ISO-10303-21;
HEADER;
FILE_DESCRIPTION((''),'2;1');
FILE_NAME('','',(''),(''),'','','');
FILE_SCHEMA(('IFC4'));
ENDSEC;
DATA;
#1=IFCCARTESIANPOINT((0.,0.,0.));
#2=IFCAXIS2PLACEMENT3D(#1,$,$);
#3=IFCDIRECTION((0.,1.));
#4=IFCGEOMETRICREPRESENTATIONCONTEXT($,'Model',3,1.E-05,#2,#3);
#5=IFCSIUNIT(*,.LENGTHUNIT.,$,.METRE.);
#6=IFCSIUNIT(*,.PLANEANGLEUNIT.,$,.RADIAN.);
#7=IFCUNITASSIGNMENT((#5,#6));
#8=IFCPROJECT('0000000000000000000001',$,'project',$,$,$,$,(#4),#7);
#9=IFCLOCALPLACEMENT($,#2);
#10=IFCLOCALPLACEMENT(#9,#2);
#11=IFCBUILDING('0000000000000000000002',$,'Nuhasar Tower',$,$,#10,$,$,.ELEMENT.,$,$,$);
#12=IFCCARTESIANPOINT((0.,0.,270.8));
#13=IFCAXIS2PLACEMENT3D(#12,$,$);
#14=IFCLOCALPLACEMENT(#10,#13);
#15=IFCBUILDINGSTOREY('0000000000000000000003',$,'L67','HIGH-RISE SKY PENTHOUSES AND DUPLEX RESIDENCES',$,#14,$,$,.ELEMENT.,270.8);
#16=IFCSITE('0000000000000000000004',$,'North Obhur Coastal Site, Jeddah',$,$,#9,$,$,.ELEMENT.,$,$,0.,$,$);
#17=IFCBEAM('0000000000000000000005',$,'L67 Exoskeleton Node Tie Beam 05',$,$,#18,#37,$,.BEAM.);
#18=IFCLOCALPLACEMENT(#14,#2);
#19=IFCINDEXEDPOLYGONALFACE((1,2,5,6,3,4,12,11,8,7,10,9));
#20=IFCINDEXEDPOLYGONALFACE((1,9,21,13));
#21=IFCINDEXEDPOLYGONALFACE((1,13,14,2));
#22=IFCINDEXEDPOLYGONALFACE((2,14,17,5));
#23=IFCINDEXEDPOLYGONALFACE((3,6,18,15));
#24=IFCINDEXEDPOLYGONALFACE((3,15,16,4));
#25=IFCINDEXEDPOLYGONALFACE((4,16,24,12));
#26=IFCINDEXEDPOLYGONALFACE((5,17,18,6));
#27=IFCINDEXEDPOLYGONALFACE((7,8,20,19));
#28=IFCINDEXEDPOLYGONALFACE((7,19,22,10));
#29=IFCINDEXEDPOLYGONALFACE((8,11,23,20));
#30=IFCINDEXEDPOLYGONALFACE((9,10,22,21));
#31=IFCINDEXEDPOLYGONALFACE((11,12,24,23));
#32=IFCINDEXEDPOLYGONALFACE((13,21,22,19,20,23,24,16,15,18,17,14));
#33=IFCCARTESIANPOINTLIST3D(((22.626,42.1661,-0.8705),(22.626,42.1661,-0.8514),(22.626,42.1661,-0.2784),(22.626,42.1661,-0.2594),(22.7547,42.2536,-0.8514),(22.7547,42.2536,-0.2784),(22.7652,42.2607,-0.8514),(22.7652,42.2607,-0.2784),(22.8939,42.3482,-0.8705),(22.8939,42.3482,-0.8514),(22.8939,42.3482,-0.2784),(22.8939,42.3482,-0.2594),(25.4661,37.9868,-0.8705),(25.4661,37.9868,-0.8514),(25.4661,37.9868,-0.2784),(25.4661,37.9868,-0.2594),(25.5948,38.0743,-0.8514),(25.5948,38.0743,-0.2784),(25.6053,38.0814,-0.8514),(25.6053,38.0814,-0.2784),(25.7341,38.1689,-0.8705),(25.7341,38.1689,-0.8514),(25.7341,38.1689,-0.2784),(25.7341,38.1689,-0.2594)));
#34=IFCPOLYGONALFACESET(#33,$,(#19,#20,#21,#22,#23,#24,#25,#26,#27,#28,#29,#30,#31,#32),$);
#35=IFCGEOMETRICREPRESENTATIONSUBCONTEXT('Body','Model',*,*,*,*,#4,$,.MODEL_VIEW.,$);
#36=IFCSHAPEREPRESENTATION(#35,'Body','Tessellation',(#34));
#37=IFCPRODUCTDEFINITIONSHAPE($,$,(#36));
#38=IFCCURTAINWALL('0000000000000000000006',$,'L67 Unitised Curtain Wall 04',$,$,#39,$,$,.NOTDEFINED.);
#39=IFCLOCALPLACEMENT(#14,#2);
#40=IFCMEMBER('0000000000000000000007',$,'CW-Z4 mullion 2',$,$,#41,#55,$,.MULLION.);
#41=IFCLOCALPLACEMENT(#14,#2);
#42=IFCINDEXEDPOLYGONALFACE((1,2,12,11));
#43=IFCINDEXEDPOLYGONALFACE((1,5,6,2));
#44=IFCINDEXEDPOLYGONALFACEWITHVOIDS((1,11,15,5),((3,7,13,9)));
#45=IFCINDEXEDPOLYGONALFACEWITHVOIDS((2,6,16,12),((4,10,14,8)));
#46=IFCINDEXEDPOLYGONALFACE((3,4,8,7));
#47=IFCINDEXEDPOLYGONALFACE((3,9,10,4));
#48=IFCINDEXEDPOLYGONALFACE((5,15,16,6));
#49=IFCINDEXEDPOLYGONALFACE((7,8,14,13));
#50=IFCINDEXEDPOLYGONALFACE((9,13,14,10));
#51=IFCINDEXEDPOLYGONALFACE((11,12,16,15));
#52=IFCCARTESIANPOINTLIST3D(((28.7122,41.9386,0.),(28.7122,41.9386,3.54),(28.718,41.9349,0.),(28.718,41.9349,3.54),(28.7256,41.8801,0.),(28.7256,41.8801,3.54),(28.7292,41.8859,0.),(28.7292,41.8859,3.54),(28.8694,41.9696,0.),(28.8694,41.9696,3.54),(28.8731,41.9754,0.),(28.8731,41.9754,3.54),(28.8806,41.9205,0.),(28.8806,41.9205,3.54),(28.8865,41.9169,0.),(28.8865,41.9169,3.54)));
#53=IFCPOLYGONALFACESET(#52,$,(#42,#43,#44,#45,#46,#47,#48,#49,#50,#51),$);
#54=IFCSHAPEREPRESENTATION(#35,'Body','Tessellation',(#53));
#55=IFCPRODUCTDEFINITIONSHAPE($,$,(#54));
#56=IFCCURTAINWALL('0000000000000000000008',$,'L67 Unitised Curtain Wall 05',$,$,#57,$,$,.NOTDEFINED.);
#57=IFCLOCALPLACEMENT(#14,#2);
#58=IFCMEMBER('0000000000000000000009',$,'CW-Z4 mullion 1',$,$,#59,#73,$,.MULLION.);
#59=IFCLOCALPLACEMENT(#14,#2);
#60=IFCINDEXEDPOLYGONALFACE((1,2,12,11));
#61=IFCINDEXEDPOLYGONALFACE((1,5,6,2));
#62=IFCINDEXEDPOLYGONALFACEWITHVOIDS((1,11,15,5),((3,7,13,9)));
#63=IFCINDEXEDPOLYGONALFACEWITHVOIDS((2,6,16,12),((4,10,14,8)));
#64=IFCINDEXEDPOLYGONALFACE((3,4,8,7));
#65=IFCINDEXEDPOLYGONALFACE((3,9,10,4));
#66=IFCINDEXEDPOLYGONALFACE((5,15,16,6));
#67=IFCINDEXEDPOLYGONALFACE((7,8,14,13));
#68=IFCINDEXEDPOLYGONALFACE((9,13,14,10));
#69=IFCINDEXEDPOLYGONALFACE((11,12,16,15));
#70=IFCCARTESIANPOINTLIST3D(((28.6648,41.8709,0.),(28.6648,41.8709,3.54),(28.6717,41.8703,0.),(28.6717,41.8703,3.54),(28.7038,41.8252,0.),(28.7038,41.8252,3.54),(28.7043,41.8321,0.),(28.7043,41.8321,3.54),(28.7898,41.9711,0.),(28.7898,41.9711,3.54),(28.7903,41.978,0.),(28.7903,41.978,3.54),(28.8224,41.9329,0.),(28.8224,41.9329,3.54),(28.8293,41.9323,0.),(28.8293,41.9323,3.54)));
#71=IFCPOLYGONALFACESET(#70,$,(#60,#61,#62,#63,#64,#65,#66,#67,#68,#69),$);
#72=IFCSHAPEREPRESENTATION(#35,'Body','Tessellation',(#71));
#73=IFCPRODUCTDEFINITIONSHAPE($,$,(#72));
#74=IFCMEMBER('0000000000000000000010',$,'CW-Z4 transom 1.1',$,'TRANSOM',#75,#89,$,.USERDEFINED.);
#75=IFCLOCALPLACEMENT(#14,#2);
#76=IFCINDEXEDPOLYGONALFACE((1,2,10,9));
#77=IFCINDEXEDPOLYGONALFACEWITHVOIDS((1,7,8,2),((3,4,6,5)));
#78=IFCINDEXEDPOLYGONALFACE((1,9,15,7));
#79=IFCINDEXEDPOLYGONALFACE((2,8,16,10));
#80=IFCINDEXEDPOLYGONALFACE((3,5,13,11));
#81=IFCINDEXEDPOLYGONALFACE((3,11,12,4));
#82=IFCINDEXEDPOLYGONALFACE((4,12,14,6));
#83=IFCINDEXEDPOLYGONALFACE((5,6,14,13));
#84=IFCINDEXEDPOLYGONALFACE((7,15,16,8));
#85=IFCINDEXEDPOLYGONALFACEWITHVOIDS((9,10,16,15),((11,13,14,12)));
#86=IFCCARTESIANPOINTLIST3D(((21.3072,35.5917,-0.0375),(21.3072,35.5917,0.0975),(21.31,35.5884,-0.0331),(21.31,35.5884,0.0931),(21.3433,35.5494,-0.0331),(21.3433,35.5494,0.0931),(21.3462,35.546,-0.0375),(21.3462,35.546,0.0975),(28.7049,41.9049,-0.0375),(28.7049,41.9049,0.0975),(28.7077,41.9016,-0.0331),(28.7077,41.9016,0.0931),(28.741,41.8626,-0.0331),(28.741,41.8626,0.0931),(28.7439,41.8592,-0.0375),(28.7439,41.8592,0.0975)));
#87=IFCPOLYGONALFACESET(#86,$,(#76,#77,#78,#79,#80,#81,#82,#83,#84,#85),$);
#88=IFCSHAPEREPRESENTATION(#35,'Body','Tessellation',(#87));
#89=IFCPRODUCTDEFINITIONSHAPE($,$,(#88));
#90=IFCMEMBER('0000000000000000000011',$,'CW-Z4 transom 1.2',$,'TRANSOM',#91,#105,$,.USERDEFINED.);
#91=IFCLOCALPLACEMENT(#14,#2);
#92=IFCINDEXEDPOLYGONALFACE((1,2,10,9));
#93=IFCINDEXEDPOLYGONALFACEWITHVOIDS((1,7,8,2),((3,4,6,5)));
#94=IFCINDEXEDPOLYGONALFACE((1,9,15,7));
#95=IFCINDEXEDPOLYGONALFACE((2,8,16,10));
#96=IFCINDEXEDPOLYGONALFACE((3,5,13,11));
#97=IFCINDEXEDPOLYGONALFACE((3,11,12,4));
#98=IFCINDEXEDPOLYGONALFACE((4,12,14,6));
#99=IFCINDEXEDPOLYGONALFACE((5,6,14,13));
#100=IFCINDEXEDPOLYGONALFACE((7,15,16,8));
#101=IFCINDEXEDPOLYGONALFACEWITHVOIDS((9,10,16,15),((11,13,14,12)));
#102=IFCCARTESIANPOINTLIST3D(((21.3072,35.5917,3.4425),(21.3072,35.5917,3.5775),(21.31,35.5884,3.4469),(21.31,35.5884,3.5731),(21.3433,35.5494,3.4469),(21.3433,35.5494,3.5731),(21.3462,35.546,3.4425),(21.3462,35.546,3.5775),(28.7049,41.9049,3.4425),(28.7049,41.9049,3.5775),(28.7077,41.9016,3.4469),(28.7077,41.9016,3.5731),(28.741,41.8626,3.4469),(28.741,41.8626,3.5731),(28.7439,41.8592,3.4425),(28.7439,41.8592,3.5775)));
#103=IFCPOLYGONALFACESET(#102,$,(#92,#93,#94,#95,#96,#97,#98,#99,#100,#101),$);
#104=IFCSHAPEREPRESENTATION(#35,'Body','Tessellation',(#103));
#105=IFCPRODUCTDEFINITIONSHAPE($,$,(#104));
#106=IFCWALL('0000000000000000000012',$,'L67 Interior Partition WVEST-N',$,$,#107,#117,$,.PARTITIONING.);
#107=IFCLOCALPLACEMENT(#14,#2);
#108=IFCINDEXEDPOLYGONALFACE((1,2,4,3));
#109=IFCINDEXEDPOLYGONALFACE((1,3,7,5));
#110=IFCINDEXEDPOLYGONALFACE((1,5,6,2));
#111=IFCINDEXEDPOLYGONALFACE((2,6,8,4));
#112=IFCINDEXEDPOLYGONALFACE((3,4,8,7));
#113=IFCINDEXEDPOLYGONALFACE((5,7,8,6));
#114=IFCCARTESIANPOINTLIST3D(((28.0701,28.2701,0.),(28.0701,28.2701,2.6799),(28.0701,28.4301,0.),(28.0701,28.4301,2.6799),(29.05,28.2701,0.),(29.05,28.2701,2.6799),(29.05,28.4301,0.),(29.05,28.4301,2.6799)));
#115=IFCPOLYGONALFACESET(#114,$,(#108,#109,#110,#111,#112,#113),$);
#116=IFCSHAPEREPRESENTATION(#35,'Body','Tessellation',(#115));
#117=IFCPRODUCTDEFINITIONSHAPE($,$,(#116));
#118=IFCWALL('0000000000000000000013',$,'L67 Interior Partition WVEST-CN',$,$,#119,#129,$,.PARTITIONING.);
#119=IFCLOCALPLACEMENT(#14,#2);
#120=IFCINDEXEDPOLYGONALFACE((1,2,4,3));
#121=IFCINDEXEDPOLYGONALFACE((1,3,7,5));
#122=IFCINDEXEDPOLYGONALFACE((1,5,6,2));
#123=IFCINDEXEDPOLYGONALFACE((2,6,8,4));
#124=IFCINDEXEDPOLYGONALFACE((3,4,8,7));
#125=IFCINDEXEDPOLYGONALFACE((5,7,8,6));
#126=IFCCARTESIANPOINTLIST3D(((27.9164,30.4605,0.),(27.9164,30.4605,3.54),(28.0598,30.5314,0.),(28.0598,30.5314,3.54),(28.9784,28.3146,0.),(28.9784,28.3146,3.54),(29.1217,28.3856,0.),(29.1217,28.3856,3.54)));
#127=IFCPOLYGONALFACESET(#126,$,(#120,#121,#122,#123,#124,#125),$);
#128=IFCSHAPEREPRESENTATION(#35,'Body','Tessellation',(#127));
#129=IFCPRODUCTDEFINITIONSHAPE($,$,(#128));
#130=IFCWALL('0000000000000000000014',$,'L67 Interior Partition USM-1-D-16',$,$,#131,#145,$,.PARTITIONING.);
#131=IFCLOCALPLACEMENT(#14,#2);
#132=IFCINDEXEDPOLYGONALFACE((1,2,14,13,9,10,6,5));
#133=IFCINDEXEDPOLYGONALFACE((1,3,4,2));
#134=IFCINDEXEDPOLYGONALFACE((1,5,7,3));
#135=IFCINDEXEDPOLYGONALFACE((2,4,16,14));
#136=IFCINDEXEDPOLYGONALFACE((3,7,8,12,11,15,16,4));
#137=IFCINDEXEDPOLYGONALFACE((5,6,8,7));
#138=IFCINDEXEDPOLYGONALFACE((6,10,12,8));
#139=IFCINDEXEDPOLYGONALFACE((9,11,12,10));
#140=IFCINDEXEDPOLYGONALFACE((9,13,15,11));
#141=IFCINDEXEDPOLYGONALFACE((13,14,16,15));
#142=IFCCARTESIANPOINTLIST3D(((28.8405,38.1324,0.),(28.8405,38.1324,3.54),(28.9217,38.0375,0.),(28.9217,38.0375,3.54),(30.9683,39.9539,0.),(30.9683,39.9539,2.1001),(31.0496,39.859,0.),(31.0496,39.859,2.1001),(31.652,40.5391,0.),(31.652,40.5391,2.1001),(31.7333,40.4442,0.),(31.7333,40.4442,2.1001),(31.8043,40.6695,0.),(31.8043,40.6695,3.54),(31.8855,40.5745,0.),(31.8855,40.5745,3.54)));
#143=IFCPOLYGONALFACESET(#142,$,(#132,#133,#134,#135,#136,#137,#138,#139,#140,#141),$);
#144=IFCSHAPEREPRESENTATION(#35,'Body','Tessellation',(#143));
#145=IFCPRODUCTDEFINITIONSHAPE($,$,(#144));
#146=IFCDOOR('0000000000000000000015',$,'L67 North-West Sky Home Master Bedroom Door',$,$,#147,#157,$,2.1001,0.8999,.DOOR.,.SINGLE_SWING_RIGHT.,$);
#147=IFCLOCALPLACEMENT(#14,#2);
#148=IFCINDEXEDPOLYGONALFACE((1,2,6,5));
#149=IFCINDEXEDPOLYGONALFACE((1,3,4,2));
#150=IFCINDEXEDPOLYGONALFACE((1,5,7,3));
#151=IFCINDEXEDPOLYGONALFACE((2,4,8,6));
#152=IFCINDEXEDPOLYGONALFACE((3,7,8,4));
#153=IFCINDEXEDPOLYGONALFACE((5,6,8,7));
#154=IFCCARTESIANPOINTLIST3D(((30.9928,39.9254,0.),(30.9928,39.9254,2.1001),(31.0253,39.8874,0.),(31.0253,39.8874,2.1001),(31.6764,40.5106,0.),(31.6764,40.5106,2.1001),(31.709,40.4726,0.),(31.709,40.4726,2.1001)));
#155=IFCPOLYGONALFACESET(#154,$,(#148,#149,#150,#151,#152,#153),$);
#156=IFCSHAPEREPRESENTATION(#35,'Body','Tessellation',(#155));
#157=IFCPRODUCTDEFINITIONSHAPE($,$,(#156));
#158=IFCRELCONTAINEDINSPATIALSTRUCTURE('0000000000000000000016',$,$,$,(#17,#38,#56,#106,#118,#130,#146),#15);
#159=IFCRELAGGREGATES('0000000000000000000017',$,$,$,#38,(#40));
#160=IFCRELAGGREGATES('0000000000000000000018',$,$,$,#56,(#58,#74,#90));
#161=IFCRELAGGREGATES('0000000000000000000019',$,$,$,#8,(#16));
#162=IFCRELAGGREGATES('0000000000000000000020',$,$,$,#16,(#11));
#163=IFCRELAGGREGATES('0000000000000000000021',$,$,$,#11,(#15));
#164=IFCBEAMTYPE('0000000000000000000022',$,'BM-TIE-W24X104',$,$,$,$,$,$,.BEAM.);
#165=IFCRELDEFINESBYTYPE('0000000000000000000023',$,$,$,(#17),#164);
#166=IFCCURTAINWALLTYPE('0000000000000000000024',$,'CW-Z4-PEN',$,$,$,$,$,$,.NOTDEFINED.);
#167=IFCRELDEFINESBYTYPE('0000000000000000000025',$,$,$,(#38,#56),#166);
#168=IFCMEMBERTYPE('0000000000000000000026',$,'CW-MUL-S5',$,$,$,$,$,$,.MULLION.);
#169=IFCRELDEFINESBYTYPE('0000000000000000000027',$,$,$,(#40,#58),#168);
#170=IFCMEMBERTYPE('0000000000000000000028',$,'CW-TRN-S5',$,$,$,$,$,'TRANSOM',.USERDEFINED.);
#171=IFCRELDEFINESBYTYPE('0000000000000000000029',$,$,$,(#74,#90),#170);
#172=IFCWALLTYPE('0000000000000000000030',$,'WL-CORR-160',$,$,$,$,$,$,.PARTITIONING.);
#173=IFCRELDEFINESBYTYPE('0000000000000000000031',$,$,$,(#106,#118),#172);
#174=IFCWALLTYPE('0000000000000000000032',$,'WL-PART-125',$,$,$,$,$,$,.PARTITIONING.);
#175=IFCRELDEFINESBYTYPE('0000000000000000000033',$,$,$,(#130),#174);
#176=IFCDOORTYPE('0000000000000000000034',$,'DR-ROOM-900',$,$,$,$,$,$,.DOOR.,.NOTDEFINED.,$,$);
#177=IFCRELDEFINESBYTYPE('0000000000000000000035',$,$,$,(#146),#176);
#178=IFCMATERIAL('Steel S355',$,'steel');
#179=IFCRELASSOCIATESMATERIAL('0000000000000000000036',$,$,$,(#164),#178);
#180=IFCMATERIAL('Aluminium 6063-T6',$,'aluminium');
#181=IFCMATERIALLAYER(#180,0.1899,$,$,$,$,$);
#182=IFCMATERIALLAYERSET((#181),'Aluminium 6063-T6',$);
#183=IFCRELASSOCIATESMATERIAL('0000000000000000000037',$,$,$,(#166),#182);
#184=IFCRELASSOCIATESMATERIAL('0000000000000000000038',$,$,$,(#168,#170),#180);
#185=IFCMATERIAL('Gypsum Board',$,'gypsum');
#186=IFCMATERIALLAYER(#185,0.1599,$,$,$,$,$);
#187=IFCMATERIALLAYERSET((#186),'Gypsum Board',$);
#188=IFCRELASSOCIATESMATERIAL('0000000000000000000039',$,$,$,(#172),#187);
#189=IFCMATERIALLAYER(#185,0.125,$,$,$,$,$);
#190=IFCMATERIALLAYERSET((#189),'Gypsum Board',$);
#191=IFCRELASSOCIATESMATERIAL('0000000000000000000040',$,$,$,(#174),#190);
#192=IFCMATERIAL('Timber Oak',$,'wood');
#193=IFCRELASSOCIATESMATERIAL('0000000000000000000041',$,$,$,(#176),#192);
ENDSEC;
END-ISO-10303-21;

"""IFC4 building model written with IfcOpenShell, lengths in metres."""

from ifc_helpers import new_model, si_unit, direction, frame, frame_2d, origin, origin_2d, place, context, subcontext, project, spatial, rectangle, hollow_rectangle, i_section, extrude, material, layer, layer_set, material_profile, profile_set, type_object, element, fill, aggregate, save


model = new_model("IFC4")

# Units and contexts
model_context = context("Model", 3, precision=1e-05, world=origin(), true_north=direction((0.0, 1.0)))
body_context = subcontext(model_context, "Body", "Model", "MODEL_VIEW")
ifc_project = project(units=[si_unit("LENGTHUNIT", "METRE"), si_unit("PLANEANGLEUNIT", "RADIAN")], contexts=[model_context])

# Site, building, storey
site_placement = place(None, origin())
site = spatial("IfcSite", under=ifc_project, at=site_placement, Name="North Obhur Coastal Site, Jeddah", CompositionType="ELEMENT", RefElevation=0.0)
building_placement = place(site_placement, origin())
building = spatial("IfcBuilding", under=site, at=building_placement, Name="Nuhasar Tower", CompositionType="ELEMENT")
storey_placement = place(building_placement, frame((0.0, 0.0, 270.8)))
storey = spatial("IfcBuildingStorey", under=building, at=storey_placement, Name="L67", Description="HIGH-RISE SKY PENTHOUSES AND DUPLEX RESIDENCES", CompositionType="ELEMENT", Elevation=270.8)

# Beam
ifc_material_1 = material(Name="Steel S355", Category="steel")
ifc_material_profile_1 = material_profile(ifc_material_1, i_section(OverallWidth=0.324, OverallDepth=0.6111, WebThickness=0.0127, FlangeThickness=0.019, at=origin_2d()), Name="W24X104")
ifc_profile_set_1 = profile_set([ifc_material_profile_1], Name="Steel S355")
beam_type_1 = type_object("IfcBeamType", Name="BM-TIE-W24X104", PredefinedType="BEAM", material=ifc_profile_set_1)
beam_1_placement = place(storey_placement, frame((25.6001, 38.0779, -0.5649), z_axis=(-0.562071, 0.827089, 0.0), x_axis=(-0.827089, -0.562071, 0.0)))
element("IfcBeam", 1, at=beam_1_placement, inside=storey, type_object=beam_type_1, Name="L67 Exoskeleton Node Tie Beam 05", PredefinedType="BEAM", context=body_context, shape_type="SweptSolid", body=[
    extrude(i_section(OverallWidth=0.324, OverallDepth=0.6111, WebThickness=0.0127, FlangeThickness=0.019, at=origin_2d()), origin(), (0.0, 0.0, 1.0), 5.053),
])

# Curtain wall, member
ifc_material_2 = material(Name="Aluminium 6063-T6", Category="aluminium")
ifc_layer_1 = layer(ifc_material_2, 0.1899)
ifc_layer_set_1 = layer_set([ifc_layer_1], Name="Aluminium 6063-T6")
curtain_wall_type = type_object("IfcCurtainWallType", Name="CW-Z4-PEN", PredefinedType="NOTDEFINED", material=ifc_layer_set_1)
curtain_wall_1_placement = place(storey_placement, origin())
curtain_wall_1 = element("IfcCurtainWall", 2, at=curtain_wall_1_placement, inside=storey, type_object=curtain_wall_type, Name="L67 Unitised Curtain Wall 04", PredefinedType="NOTDEFINED")
ifc_material_profile_2 = material_profile(ifc_material_2, hollow_rectangle(XDim=0.0601, YDim=0.165, WallThickness=0.0049, at=origin_2d()), Name="CWM-5")
ifc_profile_set_2 = profile_set([ifc_material_profile_2], Name="Aluminium 6063-T6")
member_type_1 = type_object("IfcMemberType", Name="CW-MUL-S5", PredefinedType="MULLION", material=ifc_profile_set_2)
member_1_placement = place(storey_placement, frame((28.7993, 41.9277, 0.0), z_axis=(0.0, 0.0, 1.0), x_axis=(0.222889, -0.974844, 0.0)))
member_1 = element("IfcMember", 3, at=member_1_placement, type_object=member_type_1, Name="CW-Z4 mullion 2", PredefinedType="MULLION", context=body_context, shape_type="SweptSolid", body=[
    extrude(hollow_rectangle(XDim=0.0601, YDim=0.165, WallThickness=0.0049, at=origin_2d()), origin(), (0.0, 0.0, 1.0), 3.54),
])
aggregate(curtain_wall_1, [member_1])

# Curtain wall, members
curtain_wall_2_placement = place(storey_placement, origin())
curtain_wall_2 = element("IfcCurtainWall", 4, at=curtain_wall_2_placement, inside=storey, type_object=curtain_wall_type, Name="L67 Unitised Curtain Wall 05", PredefinedType="NOTDEFINED")
member_2_placement = place(storey_placement, frame((28.7471, 41.9016, 0.0), z_axis=(0.0, 0.0, 1.0), x_axis=(0.649142, -0.760667, 0.0)))
member_2 = element("IfcMember", 5, at=member_2_placement, type_object=member_type_1, Name="CW-Z4 mullion 1", PredefinedType="MULLION", context=body_context, shape_type="SweptSolid", body=[
    extrude(hollow_rectangle(XDim=0.0601, YDim=0.165, WallThickness=0.0049, at=origin_2d()), origin(), (0.0, 0.0, 1.0), 3.54),
])
ifc_material_profile_3 = material_profile(ifc_material_2, hollow_rectangle(XDim=0.0601, YDim=0.135, WallThickness=0.0044, at=origin_2d()), Name="CWT-5")
ifc_profile_set_3 = profile_set([ifc_material_profile_3], Name="Aluminium 6063-T6")
member_type_2 = type_object("IfcMemberType", Name="CW-TRN-S5", ElementType="TRANSOM", PredefinedType="USERDEFINED", material=ifc_profile_set_3)
member_3_placement = place(storey_placement, frame((28.7244, 41.8821, 0.03), z_axis=(-0.76066, -0.64915, 0.0), x_axis=(0.64915, -0.76066, 0.0)))
member_3 = element("IfcMember", 6, at=member_3_placement, type_object=member_type_2, Name="CW-Z4 transom 1.1", ObjectType="TRANSOM", PredefinedType="USERDEFINED", context=body_context, shape_type="SweptSolid", body=[
    extrude(hollow_rectangle(XDim=0.0601, YDim=0.135, WallThickness=0.0044, at=origin_2d()), origin(), (0.0, 0.0, 1.0), 9.7253),
])
member_4_placement = place(storey_placement, frame((28.7244, 41.8821, 3.51), z_axis=(-0.76066, -0.64915, 0.0), x_axis=(0.64915, -0.76066, 0.0)))
member_4 = element("IfcMember", 7, at=member_4_placement, type_object=member_type_2, Name="CW-Z4 transom 1.2", ObjectType="TRANSOM", PredefinedType="USERDEFINED", context=body_context, shape_type="SweptSolid", body=[
    extrude(hollow_rectangle(XDim=0.0601, YDim=0.135, WallThickness=0.0044, at=origin_2d()), origin(), (0.0, 0.0, 1.0), 9.7253),
])
aggregate(curtain_wall_2, [member_2, member_3, member_4])

# Shared definitions
ifc_material_3 = material(Name="Gypsum Board", Category="gypsum")
ifc_layer_2 = layer(ifc_material_3, 0.1599)
ifc_layer_set_2 = layer_set([ifc_layer_2], Name="Gypsum Board")
wall_type_1 = type_object("IfcWallType", Name="WL-CORR-160", PredefinedType="PARTITIONING", material=ifc_layer_set_2)
ifc_material_4 = material(Name="Timber Oak", Category="wood")

# Walls
wall_1_placement = place(storey_placement, frame((28.0701, 28.3501, 0.0), z_axis=(0.0, 0.0, 1.0), x_axis=(1.0, 0.0, 0.0)))
element("IfcWall", 8, at=wall_1_placement, inside=storey, type_object=wall_type_1, Name="L67 Interior Partition WVEST-N", PredefinedType="PARTITIONING", context=body_context, shape_type="SweptSolid", body=[
    extrude(rectangle(XDim=0.98, YDim=0.1599, at=frame_2d((0.49, 0.0))), origin(), (0.0, 0.0, 1.0), 2.6799),
])
wall_2_placement = place(storey_placement, frame((27.988, 30.4961, 0.0), z_axis=(0.0, 0.0, 1.0), x_axis=(0.443539, -0.896255, 0.0)))
element("IfcWall", 9, at=wall_2_placement, inside=storey, type_object=wall_type_1, Name="L67 Interior Partition WVEST-CN", PredefinedType="PARTITIONING", context=body_context, shape_type="SweptSolid", body=[
    extrude(rectangle(XDim=2.3943, YDim=0.1599, at=frame_2d((1.1973, 0.0))), origin(), (0.0, 0.0, 1.0), 3.54),
])

# Wall, opening, door
ifc_layer_3 = layer(ifc_material_3, 0.125)
ifc_layer_set_3 = layer_set([ifc_layer_3], Name="Gypsum Board")
wall_type_2 = type_object("IfcWallType", Name="WL-PART-125", PredefinedType="PARTITIONING", material=ifc_layer_set_3)
wall_3_placement = place(storey_placement, frame((28.8811, 38.085, 0.0), z_axis=(0.0, 0.0, 1.0), x_axis=(0.75968, 0.650297, 0.0)))
wall_3 = element("IfcWall", 10, at=wall_3_placement, inside=storey, type_object=wall_type_2, Name="L67 Interior Partition USM-1-D-16", PredefinedType="PARTITIONING", context=body_context, shape_type="SweptSolid", body=[
    extrude(rectangle(XDim=3.9014, YDim=0.125, at=frame_2d((1.9507, 0.0))), origin(), (0.0, 0.0, 1.0), 3.54),
])
opening_1_placement = place(wall_3_placement, frame((2.801, 0.0, 0.0)))
opening_1 = element("IfcOpeningElement", 11, at=opening_1_placement, cuts=wall_3, PredefinedType="OPENING", context=body_context, shape_type="SweptSolid", body=[
    extrude(rectangle(XDim=0.8999, YDim=2.1001, at=frame_2d((0.45, 1.05))), frame((0.0, 0.0725, 0.0), z_axis=(0.0, -1.0, 0.0), x_axis=(1.0, 0.0, 0.0)), (0.0, 0.0, 1.0), 0.145),
])
door_type_1 = type_object("IfcDoorType", Name="DR-ROOM-900", OperationType="NOTDEFINED", PredefinedType="DOOR", material=ifc_material_4)
door_1_placement = place(opening_1_placement, origin())
door_1 = element("IfcDoor", 12, at=door_1_placement, inside=storey, type_object=door_type_1, Name="L67 North-West Sky Home Master Bedroom Door", OperationType="SINGLE_SWING_RIGHT", OverallHeight=2.1001, OverallWidth=0.8999, PredefinedType="DOOR", context=body_context, shape_type="SweptSolid", body=[
    extrude(rectangle(XDim=0.8999, YDim=2.1001, at=frame_2d((0.45, 1.05))), frame((0.0, 0.0249, 0.0), z_axis=(0.0, -1.0, 0.0), x_axis=(1.0, 0.0, 0.0)), (0.0, 0.0, 1.0), 0.05),
])
fill(opening_1, door_1)

save(model, "model.ifc")
